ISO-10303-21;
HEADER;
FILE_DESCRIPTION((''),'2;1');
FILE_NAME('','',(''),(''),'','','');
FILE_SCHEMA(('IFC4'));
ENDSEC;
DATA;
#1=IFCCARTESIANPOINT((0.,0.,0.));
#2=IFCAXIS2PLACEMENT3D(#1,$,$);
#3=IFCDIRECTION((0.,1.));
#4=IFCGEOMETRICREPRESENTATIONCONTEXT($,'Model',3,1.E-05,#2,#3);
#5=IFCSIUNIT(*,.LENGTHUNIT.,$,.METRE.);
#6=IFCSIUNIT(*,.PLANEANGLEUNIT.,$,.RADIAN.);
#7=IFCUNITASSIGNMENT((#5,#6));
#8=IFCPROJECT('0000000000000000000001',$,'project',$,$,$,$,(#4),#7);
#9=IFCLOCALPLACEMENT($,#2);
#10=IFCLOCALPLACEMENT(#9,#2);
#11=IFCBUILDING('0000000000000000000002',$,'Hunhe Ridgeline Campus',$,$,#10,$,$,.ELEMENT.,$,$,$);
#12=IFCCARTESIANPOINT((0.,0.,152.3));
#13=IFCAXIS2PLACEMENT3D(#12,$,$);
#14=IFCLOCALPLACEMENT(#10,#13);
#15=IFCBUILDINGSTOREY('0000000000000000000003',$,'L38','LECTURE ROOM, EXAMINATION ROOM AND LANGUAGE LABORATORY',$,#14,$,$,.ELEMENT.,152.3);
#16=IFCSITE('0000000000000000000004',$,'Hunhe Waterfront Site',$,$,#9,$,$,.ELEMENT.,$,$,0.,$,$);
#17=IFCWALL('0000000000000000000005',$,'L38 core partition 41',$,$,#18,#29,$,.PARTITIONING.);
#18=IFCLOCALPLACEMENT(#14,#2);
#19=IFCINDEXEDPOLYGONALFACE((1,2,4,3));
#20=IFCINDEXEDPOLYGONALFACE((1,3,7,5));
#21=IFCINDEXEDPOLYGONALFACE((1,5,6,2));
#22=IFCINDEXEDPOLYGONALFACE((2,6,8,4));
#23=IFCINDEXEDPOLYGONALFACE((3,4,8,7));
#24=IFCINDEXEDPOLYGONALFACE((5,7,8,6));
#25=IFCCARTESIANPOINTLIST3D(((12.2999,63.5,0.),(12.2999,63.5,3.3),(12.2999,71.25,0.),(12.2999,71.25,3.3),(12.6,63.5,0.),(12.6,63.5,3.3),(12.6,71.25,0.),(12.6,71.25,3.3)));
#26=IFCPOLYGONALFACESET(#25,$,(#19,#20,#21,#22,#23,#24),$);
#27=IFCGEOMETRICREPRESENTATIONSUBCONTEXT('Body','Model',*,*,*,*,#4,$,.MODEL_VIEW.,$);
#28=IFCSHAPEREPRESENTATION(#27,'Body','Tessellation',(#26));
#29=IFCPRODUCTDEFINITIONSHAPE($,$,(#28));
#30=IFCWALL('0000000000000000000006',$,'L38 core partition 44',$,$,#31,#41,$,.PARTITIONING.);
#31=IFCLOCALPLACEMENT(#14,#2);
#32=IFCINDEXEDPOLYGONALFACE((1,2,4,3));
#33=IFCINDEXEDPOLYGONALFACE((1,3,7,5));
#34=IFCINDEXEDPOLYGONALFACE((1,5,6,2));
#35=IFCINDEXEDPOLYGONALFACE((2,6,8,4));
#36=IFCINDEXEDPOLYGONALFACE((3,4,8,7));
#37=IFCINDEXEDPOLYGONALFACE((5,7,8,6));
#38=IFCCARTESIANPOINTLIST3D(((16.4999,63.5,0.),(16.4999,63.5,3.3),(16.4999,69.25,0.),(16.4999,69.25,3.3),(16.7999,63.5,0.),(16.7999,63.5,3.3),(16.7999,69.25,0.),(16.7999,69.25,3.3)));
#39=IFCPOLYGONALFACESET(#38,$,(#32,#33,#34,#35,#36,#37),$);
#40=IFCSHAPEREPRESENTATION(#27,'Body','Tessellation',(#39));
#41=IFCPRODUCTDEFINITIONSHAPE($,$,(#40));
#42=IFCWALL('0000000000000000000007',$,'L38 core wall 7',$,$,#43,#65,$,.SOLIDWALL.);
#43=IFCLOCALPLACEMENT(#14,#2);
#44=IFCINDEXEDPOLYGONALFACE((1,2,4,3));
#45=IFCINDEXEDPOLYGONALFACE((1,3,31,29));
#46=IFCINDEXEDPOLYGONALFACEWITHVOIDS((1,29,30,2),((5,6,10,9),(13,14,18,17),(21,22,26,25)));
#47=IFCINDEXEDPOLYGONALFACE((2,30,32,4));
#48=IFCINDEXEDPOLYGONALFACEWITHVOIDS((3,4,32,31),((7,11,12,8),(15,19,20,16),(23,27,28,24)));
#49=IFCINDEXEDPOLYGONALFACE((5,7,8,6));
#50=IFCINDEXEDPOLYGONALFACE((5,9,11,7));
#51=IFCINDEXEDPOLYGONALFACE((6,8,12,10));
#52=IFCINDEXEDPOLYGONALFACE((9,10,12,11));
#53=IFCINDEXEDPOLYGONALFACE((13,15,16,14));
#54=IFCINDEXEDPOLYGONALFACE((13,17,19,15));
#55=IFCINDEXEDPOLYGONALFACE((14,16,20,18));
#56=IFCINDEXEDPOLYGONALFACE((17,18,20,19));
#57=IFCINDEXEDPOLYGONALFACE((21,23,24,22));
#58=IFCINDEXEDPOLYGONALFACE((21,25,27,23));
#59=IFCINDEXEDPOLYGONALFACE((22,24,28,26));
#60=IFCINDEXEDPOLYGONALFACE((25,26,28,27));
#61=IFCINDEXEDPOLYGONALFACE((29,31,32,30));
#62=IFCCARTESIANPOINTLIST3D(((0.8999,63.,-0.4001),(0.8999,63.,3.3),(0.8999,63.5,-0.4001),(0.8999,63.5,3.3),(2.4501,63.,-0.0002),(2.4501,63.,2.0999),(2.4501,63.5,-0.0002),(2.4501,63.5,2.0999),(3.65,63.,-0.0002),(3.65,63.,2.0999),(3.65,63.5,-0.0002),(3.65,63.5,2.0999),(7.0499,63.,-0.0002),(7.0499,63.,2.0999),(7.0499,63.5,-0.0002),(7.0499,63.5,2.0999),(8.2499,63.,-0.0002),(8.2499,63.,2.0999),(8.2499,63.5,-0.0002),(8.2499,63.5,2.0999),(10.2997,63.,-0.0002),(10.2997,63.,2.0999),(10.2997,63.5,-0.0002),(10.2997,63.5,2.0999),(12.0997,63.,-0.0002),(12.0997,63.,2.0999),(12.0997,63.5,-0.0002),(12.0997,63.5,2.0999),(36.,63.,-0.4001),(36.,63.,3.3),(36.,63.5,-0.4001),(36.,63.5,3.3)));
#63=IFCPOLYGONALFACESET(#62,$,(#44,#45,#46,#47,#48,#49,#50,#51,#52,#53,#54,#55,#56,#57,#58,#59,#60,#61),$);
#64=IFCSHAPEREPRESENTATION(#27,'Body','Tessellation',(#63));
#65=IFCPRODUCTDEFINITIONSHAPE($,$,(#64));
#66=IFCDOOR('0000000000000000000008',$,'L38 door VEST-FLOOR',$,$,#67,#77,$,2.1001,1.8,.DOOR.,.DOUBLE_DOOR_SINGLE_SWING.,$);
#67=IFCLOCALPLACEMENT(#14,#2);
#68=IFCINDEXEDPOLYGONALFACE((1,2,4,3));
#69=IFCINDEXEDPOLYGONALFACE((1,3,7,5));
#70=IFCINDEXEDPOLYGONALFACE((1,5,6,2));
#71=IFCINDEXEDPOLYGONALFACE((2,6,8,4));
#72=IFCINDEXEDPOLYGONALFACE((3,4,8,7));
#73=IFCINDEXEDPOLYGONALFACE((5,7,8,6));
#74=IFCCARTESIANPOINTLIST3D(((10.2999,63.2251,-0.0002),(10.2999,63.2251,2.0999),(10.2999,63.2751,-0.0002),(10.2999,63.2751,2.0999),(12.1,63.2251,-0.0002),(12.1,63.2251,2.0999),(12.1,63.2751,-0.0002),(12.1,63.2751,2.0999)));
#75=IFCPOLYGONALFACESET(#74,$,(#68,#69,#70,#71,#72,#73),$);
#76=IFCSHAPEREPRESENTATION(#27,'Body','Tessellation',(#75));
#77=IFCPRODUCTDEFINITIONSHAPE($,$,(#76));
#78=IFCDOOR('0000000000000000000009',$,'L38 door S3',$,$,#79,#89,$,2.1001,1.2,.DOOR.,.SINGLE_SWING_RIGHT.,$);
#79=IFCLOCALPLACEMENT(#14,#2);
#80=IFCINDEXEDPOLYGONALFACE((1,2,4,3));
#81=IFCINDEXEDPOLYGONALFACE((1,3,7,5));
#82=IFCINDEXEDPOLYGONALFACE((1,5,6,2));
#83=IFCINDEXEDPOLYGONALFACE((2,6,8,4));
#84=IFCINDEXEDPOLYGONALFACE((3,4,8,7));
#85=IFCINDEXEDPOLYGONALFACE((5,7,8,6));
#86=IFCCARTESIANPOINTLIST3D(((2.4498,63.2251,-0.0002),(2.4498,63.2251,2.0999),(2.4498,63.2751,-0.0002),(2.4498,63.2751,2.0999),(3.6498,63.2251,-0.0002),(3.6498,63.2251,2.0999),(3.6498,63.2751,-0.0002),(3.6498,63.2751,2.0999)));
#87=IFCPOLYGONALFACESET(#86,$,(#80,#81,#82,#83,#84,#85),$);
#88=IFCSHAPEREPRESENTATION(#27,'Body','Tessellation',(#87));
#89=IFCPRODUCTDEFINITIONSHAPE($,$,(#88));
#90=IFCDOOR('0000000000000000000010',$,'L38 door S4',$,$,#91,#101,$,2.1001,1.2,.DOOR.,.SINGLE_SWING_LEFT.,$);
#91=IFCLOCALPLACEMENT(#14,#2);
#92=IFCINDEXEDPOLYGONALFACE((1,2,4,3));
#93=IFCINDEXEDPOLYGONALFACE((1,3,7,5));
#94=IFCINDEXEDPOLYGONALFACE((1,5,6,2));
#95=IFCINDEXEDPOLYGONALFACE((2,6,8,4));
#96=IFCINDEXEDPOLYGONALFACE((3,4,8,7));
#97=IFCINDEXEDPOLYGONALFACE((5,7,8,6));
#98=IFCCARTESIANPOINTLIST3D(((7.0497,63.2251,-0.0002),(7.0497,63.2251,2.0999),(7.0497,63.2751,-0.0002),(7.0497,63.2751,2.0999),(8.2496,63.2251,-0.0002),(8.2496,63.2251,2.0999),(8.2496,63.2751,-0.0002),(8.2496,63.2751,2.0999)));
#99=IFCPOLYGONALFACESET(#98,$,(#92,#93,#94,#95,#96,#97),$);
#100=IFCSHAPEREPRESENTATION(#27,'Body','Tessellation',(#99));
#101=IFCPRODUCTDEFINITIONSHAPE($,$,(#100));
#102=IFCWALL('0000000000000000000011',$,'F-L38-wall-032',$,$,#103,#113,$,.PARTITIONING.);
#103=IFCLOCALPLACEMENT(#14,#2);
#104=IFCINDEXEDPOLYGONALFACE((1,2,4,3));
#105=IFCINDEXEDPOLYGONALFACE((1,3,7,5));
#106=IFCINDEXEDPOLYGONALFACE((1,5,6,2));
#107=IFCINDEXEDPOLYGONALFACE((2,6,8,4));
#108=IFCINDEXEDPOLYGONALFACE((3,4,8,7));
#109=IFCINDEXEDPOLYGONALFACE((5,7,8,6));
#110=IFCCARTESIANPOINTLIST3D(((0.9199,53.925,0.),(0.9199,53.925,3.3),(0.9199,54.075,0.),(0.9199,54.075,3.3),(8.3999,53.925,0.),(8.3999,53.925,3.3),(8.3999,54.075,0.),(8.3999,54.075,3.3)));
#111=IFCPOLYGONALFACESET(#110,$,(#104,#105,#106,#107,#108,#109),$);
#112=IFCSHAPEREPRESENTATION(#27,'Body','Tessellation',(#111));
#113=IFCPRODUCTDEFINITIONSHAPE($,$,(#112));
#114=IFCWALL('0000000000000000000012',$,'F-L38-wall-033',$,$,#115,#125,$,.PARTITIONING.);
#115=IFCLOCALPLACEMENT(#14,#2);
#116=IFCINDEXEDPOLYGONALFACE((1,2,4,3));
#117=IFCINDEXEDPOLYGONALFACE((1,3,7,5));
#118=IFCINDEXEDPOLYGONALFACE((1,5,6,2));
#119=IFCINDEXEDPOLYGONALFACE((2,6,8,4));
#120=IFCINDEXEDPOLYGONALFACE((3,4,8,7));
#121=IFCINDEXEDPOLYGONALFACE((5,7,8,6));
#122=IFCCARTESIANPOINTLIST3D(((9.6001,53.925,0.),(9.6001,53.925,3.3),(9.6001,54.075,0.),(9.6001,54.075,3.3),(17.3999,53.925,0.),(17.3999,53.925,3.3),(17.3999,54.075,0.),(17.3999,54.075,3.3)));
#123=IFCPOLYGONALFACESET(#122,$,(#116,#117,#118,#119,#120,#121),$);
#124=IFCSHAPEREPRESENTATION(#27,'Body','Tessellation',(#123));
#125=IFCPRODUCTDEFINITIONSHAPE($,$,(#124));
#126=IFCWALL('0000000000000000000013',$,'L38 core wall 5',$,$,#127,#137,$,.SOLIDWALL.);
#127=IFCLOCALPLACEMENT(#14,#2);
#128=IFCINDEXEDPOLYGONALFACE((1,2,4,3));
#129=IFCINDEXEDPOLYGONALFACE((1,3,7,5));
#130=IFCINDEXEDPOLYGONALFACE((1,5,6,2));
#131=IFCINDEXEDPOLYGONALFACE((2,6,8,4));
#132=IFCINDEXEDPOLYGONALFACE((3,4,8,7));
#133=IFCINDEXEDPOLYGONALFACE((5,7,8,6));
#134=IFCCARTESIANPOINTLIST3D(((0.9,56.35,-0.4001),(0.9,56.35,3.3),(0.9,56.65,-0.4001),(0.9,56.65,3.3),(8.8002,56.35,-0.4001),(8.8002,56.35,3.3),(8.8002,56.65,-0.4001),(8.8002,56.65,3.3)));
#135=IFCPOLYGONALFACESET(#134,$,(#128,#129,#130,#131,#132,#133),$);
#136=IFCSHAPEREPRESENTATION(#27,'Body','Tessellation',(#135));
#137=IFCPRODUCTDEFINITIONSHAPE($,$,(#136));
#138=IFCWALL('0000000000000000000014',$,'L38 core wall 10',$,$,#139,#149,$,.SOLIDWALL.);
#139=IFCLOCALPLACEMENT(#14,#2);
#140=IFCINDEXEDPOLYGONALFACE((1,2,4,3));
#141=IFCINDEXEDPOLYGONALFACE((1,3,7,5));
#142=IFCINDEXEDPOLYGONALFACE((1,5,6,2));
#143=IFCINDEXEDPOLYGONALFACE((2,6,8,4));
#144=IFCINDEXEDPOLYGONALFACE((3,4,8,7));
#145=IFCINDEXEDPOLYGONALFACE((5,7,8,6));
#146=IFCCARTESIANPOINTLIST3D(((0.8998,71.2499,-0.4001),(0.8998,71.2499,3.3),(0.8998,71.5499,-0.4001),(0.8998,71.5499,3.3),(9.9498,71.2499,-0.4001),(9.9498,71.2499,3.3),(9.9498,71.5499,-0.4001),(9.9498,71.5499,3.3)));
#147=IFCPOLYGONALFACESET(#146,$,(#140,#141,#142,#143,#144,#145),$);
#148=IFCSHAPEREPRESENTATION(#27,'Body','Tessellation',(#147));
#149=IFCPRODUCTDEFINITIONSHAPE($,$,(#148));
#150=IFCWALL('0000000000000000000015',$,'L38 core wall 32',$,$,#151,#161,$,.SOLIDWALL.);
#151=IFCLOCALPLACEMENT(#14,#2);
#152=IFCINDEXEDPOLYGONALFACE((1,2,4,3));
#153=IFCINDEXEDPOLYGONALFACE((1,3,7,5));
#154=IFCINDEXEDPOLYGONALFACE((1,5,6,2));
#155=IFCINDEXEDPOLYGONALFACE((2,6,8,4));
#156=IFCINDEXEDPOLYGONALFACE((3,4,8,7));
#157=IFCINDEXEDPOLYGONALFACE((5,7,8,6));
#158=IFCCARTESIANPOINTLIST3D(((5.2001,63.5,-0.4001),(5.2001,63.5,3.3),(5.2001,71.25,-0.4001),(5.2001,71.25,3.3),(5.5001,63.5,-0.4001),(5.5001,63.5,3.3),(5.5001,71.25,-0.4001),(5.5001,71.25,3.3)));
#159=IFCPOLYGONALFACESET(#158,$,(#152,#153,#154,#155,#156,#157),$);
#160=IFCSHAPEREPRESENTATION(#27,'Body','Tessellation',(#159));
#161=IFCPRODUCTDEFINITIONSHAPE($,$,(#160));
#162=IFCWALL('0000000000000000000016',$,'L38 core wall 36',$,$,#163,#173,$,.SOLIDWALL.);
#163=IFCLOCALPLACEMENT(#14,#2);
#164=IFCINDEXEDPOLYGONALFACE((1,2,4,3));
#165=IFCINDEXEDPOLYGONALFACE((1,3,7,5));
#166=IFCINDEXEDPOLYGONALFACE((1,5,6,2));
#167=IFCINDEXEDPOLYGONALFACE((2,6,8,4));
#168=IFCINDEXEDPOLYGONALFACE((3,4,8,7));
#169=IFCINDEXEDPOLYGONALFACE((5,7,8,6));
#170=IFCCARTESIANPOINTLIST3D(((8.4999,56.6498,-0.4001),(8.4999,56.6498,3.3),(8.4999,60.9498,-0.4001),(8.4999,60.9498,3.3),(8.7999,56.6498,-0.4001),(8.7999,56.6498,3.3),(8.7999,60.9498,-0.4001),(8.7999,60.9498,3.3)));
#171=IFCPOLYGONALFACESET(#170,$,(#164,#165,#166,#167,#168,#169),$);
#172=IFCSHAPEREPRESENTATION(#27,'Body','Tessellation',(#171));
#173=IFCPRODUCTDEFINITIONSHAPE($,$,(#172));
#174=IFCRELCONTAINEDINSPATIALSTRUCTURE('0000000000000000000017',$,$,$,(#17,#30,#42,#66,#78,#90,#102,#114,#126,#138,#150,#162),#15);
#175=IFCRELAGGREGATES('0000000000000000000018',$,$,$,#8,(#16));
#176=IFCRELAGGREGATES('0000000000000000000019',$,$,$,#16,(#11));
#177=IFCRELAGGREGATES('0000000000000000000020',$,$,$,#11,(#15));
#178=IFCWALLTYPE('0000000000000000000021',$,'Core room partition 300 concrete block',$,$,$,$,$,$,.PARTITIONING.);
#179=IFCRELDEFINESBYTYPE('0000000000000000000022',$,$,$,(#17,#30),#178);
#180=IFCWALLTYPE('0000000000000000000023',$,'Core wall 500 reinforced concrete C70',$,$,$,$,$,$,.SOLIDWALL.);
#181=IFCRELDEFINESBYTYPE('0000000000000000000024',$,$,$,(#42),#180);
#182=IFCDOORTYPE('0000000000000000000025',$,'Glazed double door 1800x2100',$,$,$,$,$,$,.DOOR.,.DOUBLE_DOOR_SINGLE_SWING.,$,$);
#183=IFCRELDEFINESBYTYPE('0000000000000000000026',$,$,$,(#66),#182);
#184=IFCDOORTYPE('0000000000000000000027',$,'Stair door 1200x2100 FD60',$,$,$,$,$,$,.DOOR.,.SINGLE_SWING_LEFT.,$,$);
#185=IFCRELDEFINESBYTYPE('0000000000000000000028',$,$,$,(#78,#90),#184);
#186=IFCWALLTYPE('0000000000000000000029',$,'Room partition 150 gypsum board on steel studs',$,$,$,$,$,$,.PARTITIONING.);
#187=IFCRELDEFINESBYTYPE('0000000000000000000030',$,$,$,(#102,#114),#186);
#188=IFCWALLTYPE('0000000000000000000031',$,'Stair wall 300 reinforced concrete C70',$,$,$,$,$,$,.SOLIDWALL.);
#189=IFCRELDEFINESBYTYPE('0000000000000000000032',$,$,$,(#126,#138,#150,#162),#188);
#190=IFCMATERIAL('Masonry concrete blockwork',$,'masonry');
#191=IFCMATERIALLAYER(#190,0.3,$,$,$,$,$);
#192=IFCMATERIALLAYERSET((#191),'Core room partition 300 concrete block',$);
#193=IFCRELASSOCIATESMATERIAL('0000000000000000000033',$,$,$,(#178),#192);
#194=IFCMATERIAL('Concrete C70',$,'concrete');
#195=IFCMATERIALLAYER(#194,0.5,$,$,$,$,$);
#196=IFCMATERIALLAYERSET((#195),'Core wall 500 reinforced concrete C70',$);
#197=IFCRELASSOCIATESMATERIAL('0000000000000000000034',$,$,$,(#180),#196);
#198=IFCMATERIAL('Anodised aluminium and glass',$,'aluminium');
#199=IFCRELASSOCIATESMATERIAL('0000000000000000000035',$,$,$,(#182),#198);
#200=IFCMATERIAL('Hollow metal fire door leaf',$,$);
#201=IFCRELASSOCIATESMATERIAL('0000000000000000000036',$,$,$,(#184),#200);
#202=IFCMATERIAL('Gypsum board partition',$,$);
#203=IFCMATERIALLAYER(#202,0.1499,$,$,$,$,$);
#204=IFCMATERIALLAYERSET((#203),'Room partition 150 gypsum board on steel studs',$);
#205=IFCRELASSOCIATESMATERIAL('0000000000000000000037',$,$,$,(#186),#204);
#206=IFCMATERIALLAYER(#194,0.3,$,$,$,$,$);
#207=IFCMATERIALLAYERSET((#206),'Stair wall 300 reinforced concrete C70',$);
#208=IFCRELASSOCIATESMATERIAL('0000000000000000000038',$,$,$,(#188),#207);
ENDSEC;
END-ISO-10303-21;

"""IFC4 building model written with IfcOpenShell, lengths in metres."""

from ifc_helpers import new_model, si_unit, direction, frame, frame_2d, origin, place, context, subcontext, project, spatial, rectangle, extrude, material, layer, layer_set, type_object, element, fill, save


model = new_model("IFC4")

# Units and contexts
model_context = context("Model", 3, precision=1e-05, world=origin(), true_north=direction((0.0, 1.0)))
body_context = subcontext(model_context, "Body", "Model", "MODEL_VIEW")
ifc_project = project(units=[si_unit("LENGTHUNIT", "METRE"), si_unit("PLANEANGLEUNIT", "RADIAN")], contexts=[model_context])

# Site, building, storey
site_placement = place(None, origin())
site = spatial("IfcSite", under=ifc_project, at=site_placement, Name="Hunhe Waterfront Site", CompositionType="ELEMENT", RefElevation=0.0)
building_placement = place(site_placement, origin())
building = spatial("IfcBuilding", under=site, at=building_placement, Name="Hunhe Ridgeline Campus", CompositionType="ELEMENT")
storey_placement = place(building_placement, frame((0.0, 0.0, 152.3)))
storey = spatial("IfcBuildingStorey", under=building, at=storey_placement, Name="L38", Description="LECTURE ROOM, EXAMINATION ROOM AND LANGUAGE LABORATORY", CompositionType="ELEMENT", Elevation=152.3)

# Shared definitions
ifc_material_1 = material(Name="Masonry concrete blockwork", Category="masonry")
ifc_layer_1 = layer(ifc_material_1, 0.3)
ifc_layer_set_1 = layer_set([ifc_layer_1], Name="Core room partition 300 concrete block")
wall_type_1 = type_object("IfcWallType", Name="Core room partition 300 concrete block", PredefinedType="PARTITIONING", material=ifc_layer_set_1)

# Walls
wall_1_placement = place(storey_placement, frame((12.45, 63.5, 0.0), z_axis=(0.0, 0.0, 1.0), x_axis=(0.0, 1.0, 0.0)))
element("IfcWall", 1, at=wall_1_placement, inside=storey, type_object=wall_type_1, Name="L38 core partition 41", PredefinedType="PARTITIONING", context=body_context, shape_type="SweptSolid", body=[
    extrude(rectangle(XDim=7.75, YDim=0.3, at=frame_2d((3.875, 0.0))), origin(), (0.0, 0.0, 1.0), 3.3),
])
wall_2_placement = place(storey_placement, frame((16.6499, 63.5, 0.0), z_axis=(0.0, 0.0, 1.0), x_axis=(0.0, 1.0, 0.0)))
element("IfcWall", 2, at=wall_2_placement, inside=storey, type_object=wall_type_1, Name="L38 core partition 44", PredefinedType="PARTITIONING", context=body_context, shape_type="SweptSolid", body=[
    extrude(rectangle(XDim=5.75, YDim=0.3, at=frame_2d((2.875, 0.0))), origin(), (0.0, 0.0, 1.0), 3.3),
])

# Wall, openings, doors
ifc_material_2 = material(Name="Concrete C70", Category="concrete")
ifc_layer_2 = layer(ifc_material_2, 0.5)
ifc_layer_set_2 = layer_set([ifc_layer_2], Name="Core wall 500 reinforced concrete C70")
wall_type_2 = type_object("IfcWallType", Name="Core wall 500 reinforced concrete C70", PredefinedType="SOLIDWALL", material=ifc_layer_set_2)
wall_3_placement = place(storey_placement, frame((0.8999, 63.25, -0.4001), z_axis=(0.0, 0.0, 1.0), x_axis=(1.0, 0.0, 0.0)))
wall_3 = element("IfcWall", 3, at=wall_3_placement, inside=storey, type_object=wall_type_2, Name="L38 core wall 7", PredefinedType="SOLIDWALL", context=body_context, shape_type="SweptSolid", body=[
    extrude(rectangle(XDim=35.1001, YDim=0.5, at=frame_2d((17.55, 0.0))), origin(), (0.0, 0.0, 1.0), 3.7002),
])
opening_1_placement = place(wall_3_placement, frame((9.3999, 0.0, 0.3999)))
opening_1 = element("IfcOpeningElement", 4, at=opening_1_placement, cuts=wall_3, PredefinedType="OPENING", context=body_context, shape_type="SweptSolid", body=[
    extrude(rectangle(XDim=1.8, YDim=2.1001, at=frame_2d((0.8999, 1.05))), frame((0.0, 0.25, 0.0), z_axis=(0.0, -1.0, 0.0), x_axis=(1.0, 0.0, 0.0)), (0.0, 0.0, 1.0), 0.5),
])
opening_2_placement = place(wall_3_placement, frame((1.55, 0.0, 0.3999)))
opening_2 = element("IfcOpeningElement", 5, at=opening_2_placement, cuts=wall_3, PredefinedType="OPENING", context=body_context, shape_type="SweptSolid", body=[
    extrude(rectangle(XDim=1.2, YDim=2.1001, at=frame_2d((0.6001, 1.05))), frame((0.0, 0.25, 0.0), z_axis=(0.0, -1.0, 0.0), x_axis=(1.0, 0.0, 0.0)), (0.0, 0.0, 1.0), 0.5),
])
opening_3_placement = place(wall_3_placement, frame((6.1499, 0.0, 0.3999)))
opening_3 = element("IfcOpeningElement", 6, at=opening_3_placement, cuts=wall_3, PredefinedType="OPENING", context=body_context, shape_type="SweptSolid", body=[
    extrude(rectangle(XDim=1.2, YDim=2.1001, at=frame_2d((0.6001, 1.05))), frame((0.0, 0.25, 0.0), z_axis=(0.0, -1.0, 0.0), x_axis=(1.0, 0.0, 0.0)), (0.0, 0.0, 1.0), 0.5),
])
ifc_material_3 = material(Name="Anodised aluminium and glass", Category="aluminium")
door_type_1 = type_object("IfcDoorType", Name="Glazed double door 1800x2100", OperationType="DOUBLE_DOOR_SINGLE_SWING", PredefinedType="DOOR", material=ifc_material_3)
door_1_placement = place(opening_1_placement, frame((1.8, 0.0, 0.0), z_axis=(0.0, 0.0, 1.0), x_axis=(-1.0, 0.0, 0.0)))
door_1 = element("IfcDoor", 7, at=door_1_placement, inside=storey, type_object=door_type_1, Name="L38 door VEST-FLOOR", OperationType="DOUBLE_DOOR_SINGLE_SWING", OverallHeight=2.1001, OverallWidth=1.8, PredefinedType="DOOR", context=body_context, shape_type="SweptSolid", body=[
    extrude(rectangle(XDim=1.8, YDim=2.1001, at=frame_2d((0.8999, 1.05))), frame((0.0, 0.0249, 0.0), z_axis=(0.0, -1.0, 0.0), x_axis=(1.0, 0.0, 0.0)), (0.0, 0.0, 1.0), 0.05),
])
fill(opening_1, door_1)
ifc_material_4 = material(Name="Hollow metal fire door leaf")
door_type_2 = type_object("IfcDoorType", Name="Stair door 1200x2100 FD60", OperationType="SINGLE_SWING_LEFT", PredefinedType="DOOR", material=ifc_material_4)
door_2_placement = place(opening_2_placement, frame((1.2, 0.0, 0.0), z_axis=(0.0, 0.0, 1.0), x_axis=(-1.0, 0.0, 0.0)))
door_2 = element("IfcDoor", 8, at=door_2_placement, inside=storey, type_object=door_type_2, Name="L38 door S3", OperationType="SINGLE_SWING_RIGHT", OverallHeight=2.1001, OverallWidth=1.2, PredefinedType="DOOR", context=body_context, shape_type="SweptSolid", body=[
    extrude(rectangle(XDim=1.2, YDim=2.1001, at=frame_2d((0.6001, 1.05))), frame((0.0, 0.0249, 0.0), z_axis=(0.0, -1.0, 0.0), x_axis=(1.0, 0.0, 0.0)), (0.0, 0.0, 1.0), 0.05),
])
fill(opening_2, door_2)
door_3_placement = place(opening_3_placement, frame((1.2, 0.0, 0.0), z_axis=(0.0, 0.0, 1.0), x_axis=(-1.0, 0.0, 0.0)))
door_3 = element("IfcDoor", 9, at=door_3_placement, inside=storey, type_object=door_type_2, Name="L38 door S4", OperationType="SINGLE_SWING_LEFT", OverallHeight=2.1001, OverallWidth=1.2, PredefinedType="DOOR", context=body_context, shape_type="SweptSolid", body=[
    extrude(rectangle(XDim=1.2, YDim=2.1001, at=frame_2d((0.6001, 1.05))), frame((0.0, 0.0249, 0.0), z_axis=(0.0, -1.0, 0.0), x_axis=(1.0, 0.0, 0.0)), (0.0, 0.0, 1.0), 0.05),
])
fill(opening_3, door_3)

# Walls
ifc_material_5 = material(Name="Gypsum board partition")
ifc_layer_3 = layer(ifc_material_5, 0.1499)
ifc_layer_set_3 = layer_set([ifc_layer_3], Name="Room partition 150 gypsum board on steel studs")
wall_type_3 = type_object("IfcWallType", Name="Room partition 150 gypsum board on steel studs", PredefinedType="PARTITIONING", material=ifc_layer_set_3)
wall_4_placement = place(storey_placement, frame((0.9199, 54.0, 0.0), z_axis=(0.0, 0.0, 1.0), x_axis=(1.0, 0.0, 0.0)))
element("IfcWall", 10, at=wall_4_placement, inside=storey, type_object=wall_type_3, Name="F-L38-wall-032", PredefinedType="PARTITIONING", context=body_context, shape_type="SweptSolid", body=[
    extrude(rectangle(XDim=7.48, YDim=0.1499, at=frame_2d((3.74, 0.0))), origin(), (0.0, 0.0, 1.0), 3.3),
])
wall_5_placement = place(storey_placement, frame((9.6001, 54.0, 0.0), z_axis=(0.0, 0.0, 1.0), x_axis=(1.0, 0.0, 0.0)))
element("IfcWall", 11, at=wall_5_placement, inside=storey, type_object=wall_type_3, Name="F-L38-wall-033", PredefinedType="PARTITIONING", context=body_context, shape_type="SweptSolid", body=[
    extrude(rectangle(XDim=7.7998, YDim=0.1499, at=frame_2d((3.8999, 0.0))), origin(), (0.0, 0.0, 1.0), 3.3),
])
ifc_layer_4 = layer(ifc_material_2, 0.3)
ifc_layer_set_4 = layer_set([ifc_layer_4], Name="Stair wall 300 reinforced concrete C70")
wall_type_4 = type_object("IfcWallType", Name="Stair wall 300 reinforced concrete C70", PredefinedType="SOLIDWALL", material=ifc_layer_set_4)
wall_6_placement = place(storey_placement, frame((0.8999, 56.5, -0.4001), z_axis=(0.0, 0.0, 1.0), x_axis=(1.0, 0.0, 0.0)))
element("IfcWall", 12, at=wall_6_placement, inside=storey, type_object=wall_type_4, Name="L38 core wall 5", PredefinedType="SOLIDWALL", context=body_context, shape_type="SweptSolid", body=[
    extrude(rectangle(XDim=7.9001, YDim=0.3, at=frame_2d((3.9502, 0.0))), origin(), (0.0, 0.0, 1.0), 3.7002),
])

# Walls
wall_7_placement = place(storey_placement, frame((0.8999, 71.3999, -0.4001), z_axis=(0.0, 0.0, 1.0), x_axis=(1.0, 0.0, 0.0)))
element("IfcWall", 13, at=wall_7_placement, inside=storey, type_object=wall_type_4, Name="L38 core wall 10", PredefinedType="SOLIDWALL", context=body_context, shape_type="SweptSolid", body=[
    extrude(rectangle(XDim=9.05, YDim=0.3, at=frame_2d((4.5249, 0.0))), origin(), (0.0, 0.0, 1.0), 3.7002),
])
wall_8_placement = place(storey_placement, frame((5.3501, 63.5, -0.4001), z_axis=(0.0, 0.0, 1.0), x_axis=(0.0, 1.0, 0.0)))
element("IfcWall", 14, at=wall_8_placement, inside=storey, type_object=wall_type_4, Name="L38 core wall 32", PredefinedType="SOLIDWALL", context=body_context, shape_type="SweptSolid", body=[
    extrude(rectangle(XDim=7.75, YDim=0.3, at=frame_2d((3.875, 0.0))), origin(), (0.0, 0.0, 1.0), 3.7002),
])
wall_9_placement = place(storey_placement, frame((8.6499, 56.6499, -0.4001), z_axis=(0.0, 0.0, 1.0), x_axis=(0.0, 1.0, 0.0)))
element("IfcWall", 15, at=wall_9_placement, inside=storey, type_object=wall_type_4, Name="L38 core wall 36", PredefinedType="SOLIDWALL", context=body_context, shape_type="SweptSolid", body=[
    extrude(rectangle(XDim=4.3, YDim=0.3, at=frame_2d((2.1499, 0.0))), origin(), (0.0, 0.0, 1.0), 3.7002),
])

save(model, "model.ifc")
